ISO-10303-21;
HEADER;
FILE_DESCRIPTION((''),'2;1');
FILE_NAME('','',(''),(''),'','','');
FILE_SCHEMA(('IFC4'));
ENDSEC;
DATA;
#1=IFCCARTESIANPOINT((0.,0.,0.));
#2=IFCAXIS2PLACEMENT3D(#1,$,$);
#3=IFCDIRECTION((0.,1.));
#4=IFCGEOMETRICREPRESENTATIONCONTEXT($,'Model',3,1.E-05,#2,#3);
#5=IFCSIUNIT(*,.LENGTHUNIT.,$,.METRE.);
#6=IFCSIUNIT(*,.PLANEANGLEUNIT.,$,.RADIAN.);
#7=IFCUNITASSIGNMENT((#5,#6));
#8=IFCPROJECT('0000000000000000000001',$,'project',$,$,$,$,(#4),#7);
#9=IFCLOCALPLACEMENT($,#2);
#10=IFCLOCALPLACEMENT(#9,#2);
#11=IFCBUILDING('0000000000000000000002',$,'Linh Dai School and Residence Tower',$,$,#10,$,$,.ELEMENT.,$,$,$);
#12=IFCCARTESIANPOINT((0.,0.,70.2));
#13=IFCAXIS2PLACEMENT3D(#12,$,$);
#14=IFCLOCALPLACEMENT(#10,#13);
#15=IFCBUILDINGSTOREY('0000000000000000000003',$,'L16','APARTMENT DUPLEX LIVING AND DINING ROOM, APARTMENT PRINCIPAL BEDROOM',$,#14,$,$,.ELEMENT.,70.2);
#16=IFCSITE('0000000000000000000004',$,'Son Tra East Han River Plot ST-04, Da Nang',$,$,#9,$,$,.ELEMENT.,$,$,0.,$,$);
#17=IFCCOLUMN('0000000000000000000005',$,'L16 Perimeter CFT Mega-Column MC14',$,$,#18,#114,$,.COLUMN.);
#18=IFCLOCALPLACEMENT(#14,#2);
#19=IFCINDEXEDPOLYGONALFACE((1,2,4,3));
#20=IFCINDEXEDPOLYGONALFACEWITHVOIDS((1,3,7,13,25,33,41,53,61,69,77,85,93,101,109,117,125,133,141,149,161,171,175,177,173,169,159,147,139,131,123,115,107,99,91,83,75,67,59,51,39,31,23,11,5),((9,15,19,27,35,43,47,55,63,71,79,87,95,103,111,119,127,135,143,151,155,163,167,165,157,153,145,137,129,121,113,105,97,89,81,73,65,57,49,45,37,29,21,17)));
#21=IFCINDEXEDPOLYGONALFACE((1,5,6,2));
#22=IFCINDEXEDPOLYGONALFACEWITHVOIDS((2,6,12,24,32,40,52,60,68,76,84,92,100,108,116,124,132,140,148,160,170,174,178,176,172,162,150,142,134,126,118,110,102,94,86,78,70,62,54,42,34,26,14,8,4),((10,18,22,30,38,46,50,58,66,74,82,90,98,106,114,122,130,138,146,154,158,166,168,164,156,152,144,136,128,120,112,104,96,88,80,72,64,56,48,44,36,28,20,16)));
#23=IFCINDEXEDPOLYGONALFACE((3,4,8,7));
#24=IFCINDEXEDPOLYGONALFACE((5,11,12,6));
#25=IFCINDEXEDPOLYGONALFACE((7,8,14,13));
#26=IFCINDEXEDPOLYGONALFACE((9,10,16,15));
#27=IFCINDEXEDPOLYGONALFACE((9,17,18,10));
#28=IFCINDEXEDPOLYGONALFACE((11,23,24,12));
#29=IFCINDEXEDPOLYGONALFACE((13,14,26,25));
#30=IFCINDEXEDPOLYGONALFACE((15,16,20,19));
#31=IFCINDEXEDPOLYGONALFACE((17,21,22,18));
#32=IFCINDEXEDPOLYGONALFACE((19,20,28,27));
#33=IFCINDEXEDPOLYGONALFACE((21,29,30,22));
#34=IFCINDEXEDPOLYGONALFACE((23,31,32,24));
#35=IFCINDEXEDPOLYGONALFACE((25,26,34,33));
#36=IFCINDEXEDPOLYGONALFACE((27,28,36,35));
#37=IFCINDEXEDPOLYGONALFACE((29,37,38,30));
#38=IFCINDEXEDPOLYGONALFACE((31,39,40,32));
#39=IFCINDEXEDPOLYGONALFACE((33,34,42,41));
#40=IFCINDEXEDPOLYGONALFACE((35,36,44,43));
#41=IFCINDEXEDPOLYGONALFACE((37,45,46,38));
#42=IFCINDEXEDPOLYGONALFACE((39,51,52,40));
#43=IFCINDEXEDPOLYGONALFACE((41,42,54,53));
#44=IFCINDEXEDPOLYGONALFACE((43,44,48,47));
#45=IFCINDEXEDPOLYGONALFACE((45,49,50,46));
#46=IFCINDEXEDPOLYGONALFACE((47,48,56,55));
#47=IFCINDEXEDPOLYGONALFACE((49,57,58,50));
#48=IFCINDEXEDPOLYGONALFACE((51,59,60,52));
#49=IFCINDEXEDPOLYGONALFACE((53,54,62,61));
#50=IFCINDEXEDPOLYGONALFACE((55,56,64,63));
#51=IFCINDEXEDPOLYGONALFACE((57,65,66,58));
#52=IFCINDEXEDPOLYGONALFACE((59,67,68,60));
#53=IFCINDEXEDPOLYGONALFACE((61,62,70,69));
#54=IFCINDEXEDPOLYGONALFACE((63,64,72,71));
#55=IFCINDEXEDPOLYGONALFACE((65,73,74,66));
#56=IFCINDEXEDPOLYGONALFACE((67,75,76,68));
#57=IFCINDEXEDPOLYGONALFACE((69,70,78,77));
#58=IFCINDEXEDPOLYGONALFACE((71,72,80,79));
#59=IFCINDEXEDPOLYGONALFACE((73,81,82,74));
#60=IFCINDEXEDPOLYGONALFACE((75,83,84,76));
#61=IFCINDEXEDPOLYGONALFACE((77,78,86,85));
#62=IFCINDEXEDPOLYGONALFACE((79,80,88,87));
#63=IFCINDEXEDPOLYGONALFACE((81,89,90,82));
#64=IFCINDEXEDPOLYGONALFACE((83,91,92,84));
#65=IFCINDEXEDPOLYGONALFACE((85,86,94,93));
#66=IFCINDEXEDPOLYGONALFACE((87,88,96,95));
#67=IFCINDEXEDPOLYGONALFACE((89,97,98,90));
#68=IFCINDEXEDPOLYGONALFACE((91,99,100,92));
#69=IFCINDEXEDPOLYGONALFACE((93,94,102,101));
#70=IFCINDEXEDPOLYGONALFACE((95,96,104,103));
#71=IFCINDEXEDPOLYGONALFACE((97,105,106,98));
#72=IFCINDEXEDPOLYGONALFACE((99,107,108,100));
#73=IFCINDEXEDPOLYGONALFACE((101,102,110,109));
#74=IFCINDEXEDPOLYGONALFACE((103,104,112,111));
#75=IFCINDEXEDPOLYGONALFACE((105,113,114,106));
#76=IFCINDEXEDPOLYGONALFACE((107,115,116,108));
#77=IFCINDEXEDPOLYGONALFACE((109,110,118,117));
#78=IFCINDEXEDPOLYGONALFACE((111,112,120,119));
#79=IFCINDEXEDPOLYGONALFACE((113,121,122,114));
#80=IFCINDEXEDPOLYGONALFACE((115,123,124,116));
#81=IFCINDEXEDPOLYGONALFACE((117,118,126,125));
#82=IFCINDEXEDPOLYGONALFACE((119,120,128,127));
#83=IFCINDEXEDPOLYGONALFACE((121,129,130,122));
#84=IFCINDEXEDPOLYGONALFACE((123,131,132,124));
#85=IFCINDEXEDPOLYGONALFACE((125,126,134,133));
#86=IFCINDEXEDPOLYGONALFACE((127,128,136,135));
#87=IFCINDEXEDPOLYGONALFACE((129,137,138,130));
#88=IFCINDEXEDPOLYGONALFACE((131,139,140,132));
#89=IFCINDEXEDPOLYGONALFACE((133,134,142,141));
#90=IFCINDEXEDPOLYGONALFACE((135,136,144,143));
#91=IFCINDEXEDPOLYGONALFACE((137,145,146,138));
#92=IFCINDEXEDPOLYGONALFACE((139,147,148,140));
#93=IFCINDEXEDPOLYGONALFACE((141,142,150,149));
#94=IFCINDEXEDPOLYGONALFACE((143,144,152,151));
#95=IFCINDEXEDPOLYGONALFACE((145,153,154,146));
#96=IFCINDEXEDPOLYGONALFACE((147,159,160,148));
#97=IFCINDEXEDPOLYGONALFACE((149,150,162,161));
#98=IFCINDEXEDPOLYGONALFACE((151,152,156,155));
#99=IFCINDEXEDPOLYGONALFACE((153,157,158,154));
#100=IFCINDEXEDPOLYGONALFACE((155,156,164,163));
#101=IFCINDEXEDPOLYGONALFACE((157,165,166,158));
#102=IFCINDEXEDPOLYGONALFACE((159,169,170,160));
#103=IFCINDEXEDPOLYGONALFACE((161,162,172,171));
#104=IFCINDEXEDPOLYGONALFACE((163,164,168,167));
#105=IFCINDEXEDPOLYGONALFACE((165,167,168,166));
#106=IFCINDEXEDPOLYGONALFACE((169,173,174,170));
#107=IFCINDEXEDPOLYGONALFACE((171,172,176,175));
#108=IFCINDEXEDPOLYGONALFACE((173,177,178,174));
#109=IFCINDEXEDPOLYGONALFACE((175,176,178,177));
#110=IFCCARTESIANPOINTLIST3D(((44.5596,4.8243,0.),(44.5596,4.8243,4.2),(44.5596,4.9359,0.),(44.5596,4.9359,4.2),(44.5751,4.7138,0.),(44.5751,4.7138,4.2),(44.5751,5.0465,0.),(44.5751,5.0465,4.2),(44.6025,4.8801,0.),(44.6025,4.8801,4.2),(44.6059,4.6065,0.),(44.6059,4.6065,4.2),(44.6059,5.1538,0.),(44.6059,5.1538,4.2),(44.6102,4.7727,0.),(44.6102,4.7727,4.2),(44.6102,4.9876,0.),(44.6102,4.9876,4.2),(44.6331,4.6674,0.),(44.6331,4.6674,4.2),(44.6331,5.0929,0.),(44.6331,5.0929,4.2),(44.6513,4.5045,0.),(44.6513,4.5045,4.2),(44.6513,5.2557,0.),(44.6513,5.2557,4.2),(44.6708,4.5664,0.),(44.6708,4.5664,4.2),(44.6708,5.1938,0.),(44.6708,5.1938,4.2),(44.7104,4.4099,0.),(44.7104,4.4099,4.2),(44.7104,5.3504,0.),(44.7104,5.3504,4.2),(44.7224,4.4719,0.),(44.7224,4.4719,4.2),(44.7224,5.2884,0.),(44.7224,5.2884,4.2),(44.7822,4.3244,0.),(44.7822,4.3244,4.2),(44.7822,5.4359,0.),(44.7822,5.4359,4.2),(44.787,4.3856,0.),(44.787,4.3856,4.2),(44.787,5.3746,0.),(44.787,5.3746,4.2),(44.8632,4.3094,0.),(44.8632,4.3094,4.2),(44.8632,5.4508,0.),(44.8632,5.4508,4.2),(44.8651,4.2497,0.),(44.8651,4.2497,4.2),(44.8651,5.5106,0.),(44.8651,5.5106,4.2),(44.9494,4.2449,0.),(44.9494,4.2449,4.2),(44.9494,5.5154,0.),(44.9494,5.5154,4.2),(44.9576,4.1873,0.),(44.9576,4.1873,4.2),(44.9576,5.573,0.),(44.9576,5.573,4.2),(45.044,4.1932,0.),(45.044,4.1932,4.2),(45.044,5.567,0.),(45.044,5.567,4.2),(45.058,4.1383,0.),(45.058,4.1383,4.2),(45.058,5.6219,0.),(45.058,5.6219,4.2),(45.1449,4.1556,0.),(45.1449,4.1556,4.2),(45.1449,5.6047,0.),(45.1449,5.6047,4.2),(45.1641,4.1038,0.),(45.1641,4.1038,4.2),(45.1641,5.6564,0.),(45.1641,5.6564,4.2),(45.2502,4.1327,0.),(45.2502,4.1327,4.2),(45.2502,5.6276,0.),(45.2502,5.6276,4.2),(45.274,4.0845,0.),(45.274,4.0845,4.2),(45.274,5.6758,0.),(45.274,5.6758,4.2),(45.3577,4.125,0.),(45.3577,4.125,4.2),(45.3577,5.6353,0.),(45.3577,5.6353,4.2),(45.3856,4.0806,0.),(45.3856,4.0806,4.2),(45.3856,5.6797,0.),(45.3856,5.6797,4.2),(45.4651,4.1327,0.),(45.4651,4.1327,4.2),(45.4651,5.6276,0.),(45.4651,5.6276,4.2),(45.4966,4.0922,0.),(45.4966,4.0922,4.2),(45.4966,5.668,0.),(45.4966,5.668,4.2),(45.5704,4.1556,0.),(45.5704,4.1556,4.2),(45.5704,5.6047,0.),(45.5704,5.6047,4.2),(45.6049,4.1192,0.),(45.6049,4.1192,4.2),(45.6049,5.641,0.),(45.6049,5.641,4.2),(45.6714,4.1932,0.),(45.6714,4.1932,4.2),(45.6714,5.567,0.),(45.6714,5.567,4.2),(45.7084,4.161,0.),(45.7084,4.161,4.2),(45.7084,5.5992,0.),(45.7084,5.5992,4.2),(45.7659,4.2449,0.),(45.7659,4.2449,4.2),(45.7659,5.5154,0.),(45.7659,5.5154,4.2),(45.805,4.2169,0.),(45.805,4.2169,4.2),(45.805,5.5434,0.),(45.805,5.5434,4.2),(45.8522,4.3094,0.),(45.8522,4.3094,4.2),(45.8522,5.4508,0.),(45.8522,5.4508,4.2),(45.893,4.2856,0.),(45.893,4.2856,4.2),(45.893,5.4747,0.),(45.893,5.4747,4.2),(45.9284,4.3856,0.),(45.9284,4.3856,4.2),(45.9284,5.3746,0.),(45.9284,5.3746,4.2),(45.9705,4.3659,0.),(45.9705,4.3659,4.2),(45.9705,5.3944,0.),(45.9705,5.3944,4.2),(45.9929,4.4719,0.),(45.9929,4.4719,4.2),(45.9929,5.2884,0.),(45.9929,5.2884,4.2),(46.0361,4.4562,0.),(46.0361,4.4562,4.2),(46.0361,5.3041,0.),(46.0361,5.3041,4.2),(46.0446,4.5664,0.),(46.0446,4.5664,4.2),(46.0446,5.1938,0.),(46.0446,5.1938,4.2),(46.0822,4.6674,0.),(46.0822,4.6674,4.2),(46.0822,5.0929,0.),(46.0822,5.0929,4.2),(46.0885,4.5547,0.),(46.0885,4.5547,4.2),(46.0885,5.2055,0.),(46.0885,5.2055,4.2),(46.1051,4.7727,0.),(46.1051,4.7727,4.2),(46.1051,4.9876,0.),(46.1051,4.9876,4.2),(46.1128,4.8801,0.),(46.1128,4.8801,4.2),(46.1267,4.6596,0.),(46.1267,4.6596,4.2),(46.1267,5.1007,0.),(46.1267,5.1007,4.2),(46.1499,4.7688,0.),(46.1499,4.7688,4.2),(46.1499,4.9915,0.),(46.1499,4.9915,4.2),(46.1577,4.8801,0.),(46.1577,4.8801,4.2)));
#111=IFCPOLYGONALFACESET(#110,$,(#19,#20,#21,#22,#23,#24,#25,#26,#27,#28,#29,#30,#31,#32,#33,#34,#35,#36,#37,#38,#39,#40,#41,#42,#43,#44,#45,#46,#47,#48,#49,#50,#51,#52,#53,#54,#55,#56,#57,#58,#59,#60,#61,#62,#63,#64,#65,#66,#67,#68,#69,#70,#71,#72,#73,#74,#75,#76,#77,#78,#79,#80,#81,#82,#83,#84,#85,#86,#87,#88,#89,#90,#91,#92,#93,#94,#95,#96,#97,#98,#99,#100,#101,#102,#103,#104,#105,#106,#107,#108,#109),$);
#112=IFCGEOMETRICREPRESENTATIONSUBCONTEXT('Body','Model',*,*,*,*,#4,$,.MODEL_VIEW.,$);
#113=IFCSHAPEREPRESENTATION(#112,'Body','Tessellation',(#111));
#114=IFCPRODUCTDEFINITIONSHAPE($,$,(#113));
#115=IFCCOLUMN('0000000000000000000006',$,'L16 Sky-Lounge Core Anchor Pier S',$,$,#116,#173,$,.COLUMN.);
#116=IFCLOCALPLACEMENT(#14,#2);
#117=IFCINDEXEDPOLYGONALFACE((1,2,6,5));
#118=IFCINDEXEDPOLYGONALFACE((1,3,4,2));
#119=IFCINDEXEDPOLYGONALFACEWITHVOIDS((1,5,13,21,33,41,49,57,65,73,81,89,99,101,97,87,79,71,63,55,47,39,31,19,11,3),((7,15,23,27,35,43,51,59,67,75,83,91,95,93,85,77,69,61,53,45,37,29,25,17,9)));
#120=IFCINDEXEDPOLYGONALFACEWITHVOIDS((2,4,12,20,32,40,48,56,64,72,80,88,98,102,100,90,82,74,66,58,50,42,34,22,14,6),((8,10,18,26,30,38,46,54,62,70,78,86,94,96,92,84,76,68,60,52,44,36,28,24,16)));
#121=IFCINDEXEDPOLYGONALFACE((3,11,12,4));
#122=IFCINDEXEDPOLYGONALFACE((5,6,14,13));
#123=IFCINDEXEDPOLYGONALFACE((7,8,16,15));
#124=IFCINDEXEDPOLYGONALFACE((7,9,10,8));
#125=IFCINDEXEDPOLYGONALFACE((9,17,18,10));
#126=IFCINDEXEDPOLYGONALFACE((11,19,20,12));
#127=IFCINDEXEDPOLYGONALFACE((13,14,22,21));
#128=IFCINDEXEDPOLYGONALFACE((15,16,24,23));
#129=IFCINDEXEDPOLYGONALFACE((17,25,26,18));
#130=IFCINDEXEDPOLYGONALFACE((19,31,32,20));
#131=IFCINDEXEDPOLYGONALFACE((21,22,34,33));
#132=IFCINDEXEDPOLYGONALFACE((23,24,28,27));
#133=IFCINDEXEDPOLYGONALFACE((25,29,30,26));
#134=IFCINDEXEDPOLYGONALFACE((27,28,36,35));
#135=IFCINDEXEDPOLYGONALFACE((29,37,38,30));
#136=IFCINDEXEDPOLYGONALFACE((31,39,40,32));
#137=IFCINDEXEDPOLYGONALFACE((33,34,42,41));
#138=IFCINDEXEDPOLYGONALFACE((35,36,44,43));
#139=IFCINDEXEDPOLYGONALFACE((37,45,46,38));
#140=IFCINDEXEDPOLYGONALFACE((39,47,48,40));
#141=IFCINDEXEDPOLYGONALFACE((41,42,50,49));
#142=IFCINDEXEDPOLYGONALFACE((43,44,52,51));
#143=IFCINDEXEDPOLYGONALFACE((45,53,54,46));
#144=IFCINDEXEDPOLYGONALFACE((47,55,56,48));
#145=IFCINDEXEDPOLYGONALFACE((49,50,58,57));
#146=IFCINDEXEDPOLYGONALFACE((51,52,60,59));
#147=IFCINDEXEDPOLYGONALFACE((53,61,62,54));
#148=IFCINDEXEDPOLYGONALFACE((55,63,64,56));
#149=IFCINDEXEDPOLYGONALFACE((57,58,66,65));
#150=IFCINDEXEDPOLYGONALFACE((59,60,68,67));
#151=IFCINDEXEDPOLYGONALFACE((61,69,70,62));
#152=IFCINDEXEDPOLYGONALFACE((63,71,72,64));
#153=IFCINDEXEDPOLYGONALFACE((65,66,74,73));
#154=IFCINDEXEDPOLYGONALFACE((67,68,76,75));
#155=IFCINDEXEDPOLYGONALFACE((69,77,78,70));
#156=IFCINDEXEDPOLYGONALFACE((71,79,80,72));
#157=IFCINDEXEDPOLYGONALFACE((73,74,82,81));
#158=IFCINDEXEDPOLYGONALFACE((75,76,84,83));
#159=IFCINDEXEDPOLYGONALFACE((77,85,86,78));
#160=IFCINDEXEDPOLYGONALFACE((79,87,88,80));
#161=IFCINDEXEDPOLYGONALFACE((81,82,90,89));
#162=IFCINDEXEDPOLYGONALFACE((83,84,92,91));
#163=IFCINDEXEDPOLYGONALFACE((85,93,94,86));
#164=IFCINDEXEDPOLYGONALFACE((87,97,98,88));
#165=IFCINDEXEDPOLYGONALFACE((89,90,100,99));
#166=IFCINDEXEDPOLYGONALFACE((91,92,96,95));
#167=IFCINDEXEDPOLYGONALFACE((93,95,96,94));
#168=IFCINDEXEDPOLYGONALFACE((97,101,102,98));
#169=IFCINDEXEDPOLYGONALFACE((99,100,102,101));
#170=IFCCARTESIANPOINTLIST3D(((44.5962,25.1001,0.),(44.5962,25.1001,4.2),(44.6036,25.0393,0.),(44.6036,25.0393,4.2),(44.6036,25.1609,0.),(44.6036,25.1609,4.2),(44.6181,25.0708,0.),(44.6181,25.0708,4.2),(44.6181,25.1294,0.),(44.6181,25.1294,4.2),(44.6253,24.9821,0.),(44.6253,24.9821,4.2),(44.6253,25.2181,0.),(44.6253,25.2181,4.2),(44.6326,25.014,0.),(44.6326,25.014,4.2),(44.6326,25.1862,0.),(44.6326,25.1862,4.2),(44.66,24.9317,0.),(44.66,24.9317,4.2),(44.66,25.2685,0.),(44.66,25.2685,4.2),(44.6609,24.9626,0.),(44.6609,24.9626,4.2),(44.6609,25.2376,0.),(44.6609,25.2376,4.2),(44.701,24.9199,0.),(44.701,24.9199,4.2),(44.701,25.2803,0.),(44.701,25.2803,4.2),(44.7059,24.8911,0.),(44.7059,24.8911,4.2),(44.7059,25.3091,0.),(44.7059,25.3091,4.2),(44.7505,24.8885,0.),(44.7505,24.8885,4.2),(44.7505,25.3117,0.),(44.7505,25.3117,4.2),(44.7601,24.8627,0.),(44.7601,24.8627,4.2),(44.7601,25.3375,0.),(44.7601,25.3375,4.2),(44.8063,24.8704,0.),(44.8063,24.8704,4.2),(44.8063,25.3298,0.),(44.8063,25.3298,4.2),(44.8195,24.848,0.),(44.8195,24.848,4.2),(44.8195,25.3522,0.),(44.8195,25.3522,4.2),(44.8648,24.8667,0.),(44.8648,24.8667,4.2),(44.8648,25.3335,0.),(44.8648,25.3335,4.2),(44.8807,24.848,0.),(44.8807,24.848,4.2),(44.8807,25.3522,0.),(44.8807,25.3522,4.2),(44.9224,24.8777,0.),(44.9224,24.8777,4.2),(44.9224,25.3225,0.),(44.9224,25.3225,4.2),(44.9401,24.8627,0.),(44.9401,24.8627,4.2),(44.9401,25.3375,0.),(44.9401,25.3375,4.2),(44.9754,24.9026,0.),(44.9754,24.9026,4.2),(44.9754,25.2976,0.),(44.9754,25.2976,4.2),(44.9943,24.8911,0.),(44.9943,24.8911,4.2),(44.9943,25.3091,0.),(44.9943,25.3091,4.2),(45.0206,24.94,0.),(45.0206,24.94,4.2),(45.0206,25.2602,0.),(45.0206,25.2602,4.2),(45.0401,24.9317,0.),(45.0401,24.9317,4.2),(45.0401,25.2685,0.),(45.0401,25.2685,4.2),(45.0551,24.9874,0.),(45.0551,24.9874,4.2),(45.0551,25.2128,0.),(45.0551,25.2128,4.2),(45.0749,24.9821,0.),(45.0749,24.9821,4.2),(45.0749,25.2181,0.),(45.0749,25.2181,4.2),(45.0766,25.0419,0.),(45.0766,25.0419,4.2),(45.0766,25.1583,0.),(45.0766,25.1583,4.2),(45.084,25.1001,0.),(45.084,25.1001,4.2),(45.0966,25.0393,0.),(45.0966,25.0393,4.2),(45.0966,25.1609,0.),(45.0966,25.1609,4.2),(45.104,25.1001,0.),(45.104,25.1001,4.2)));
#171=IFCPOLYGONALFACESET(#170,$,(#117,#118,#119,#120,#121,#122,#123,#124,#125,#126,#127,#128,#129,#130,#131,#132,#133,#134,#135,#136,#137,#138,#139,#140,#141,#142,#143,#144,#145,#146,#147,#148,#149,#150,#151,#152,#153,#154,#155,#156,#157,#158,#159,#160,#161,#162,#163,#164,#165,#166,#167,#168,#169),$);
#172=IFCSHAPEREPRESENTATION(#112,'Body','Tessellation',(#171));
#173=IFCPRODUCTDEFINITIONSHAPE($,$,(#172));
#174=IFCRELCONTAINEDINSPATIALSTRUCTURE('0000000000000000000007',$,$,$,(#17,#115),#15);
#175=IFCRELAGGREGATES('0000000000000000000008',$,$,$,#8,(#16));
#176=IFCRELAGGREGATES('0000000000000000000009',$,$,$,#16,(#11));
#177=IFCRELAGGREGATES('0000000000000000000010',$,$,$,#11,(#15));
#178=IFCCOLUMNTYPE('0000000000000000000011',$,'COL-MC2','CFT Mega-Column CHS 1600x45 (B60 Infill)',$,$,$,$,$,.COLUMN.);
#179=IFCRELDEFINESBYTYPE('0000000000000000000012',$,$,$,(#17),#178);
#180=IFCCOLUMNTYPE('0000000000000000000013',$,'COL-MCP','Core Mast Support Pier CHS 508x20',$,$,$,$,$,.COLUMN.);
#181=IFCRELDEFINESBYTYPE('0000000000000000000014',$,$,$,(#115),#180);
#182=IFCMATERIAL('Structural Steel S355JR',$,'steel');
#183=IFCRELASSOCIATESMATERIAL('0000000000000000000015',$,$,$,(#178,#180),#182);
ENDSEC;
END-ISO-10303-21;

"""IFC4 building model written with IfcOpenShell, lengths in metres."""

from ifc_helpers import new_model, si_unit, direction, frame, origin, origin_2d, place, context, subcontext, project, spatial, hollow_circle, extrude, material, material_profile, profile_set, type_object, element, save


model = new_model("IFC4")

# Units and contexts
model_context = context("Model", 3, precision=1e-05, world=origin(), true_north=direction((0.0, 1.0)))
body_context = subcontext(model_context, "Body", "Model", "MODEL_VIEW")
ifc_project = project(units=[si_unit("LENGTHUNIT", "METRE"), si_unit("PLANEANGLEUNIT", "RADIAN")], contexts=[model_context])

# Site, building, storey
site_placement = place(None, origin())
site = spatial("IfcSite", under=ifc_project, at=site_placement, Name="Son Tra East Han River Plot ST-04, Da Nang", CompositionType="ELEMENT", RefElevation=0.0)
building_placement = place(site_placement, origin())
building = spatial("IfcBuilding", under=site, at=building_placement, Name="Linh Dai School and Residence Tower", CompositionType="ELEMENT")
storey_placement = place(building_placement, frame((0.0, 0.0, 70.2)))
storey = spatial("IfcBuildingStorey", under=building, at=storey_placement, Name="L16", Description="APARTMENT DUPLEX LIVING AND DINING ROOM, APARTMENT PRINCIPAL BEDROOM", CompositionType="ELEMENT", Elevation=70.2)

# Columns
ifc_material_1 = material(Name="Structural Steel S355JR", Category="steel")
ifc_material_profile_1 = material_profile(ifc_material_1, hollow_circle(Radius=0.8, WallThickness=0.0449, at=origin_2d()), Name="CHS 1600x45")
ifc_profile_set_1 = profile_set([ifc_material_profile_1], Name="Structural Steel S355JR")
column_type_1 = type_object("IfcColumnType", Name="COL-MC2", Description="CFT Mega-Column CHS 1600x45 (B60 Infill)", PredefinedType="COLUMN", material=ifc_profile_set_1)
column_1_placement = place(storey_placement, frame((45.3577, 4.8801, 0.0), z_axis=(0.0, 0.0, 1.0), x_axis=(1.0, 0.0, 0.0)))
element("IfcColumn", 1, at=column_1_placement, inside=storey, type_object=column_type_1, Name="L16 Perimeter CFT Mega-Column MC14", PredefinedType="COLUMN", context=body_context, shape_type="SweptSolid", body=[
    extrude(hollow_circle(Radius=0.8, WallThickness=0.0449, at=origin_2d()), origin(), (0.0, 0.0, 1.0), 4.2),
])
ifc_material_profile_2 = material_profile(ifc_material_1, hollow_circle(Radius=0.2539, WallThickness=0.02, at=origin_2d()), Name="CHS 508x20")
ifc_profile_set_2 = profile_set([ifc_material_profile_2], Name="Structural Steel S355JR")
column_type_2 = type_object("IfcColumnType", Name="COL-MCP", Description="Core Mast Support Pier CHS 508x20", PredefinedType="COLUMN", material=ifc_profile_set_2)
column_2_placement = place(storey_placement, frame((44.8501, 25.1001, 0.0), z_axis=(0.0, 0.0, 1.0), x_axis=(1.0, 0.0, 0.0)))
element("IfcColumn", 2, at=column_2_placement, inside=storey, type_object=column_type_2, Name="L16 Sky-Lounge Core Anchor Pier S", PredefinedType="COLUMN", context=body_context, shape_type="SweptSolid", body=[
    extrude(hollow_circle(Radius=0.2539, WallThickness=0.02, at=origin_2d()), origin(), (0.0, 0.0, 1.0), 4.2),
])

save(model, "model.ifc")
